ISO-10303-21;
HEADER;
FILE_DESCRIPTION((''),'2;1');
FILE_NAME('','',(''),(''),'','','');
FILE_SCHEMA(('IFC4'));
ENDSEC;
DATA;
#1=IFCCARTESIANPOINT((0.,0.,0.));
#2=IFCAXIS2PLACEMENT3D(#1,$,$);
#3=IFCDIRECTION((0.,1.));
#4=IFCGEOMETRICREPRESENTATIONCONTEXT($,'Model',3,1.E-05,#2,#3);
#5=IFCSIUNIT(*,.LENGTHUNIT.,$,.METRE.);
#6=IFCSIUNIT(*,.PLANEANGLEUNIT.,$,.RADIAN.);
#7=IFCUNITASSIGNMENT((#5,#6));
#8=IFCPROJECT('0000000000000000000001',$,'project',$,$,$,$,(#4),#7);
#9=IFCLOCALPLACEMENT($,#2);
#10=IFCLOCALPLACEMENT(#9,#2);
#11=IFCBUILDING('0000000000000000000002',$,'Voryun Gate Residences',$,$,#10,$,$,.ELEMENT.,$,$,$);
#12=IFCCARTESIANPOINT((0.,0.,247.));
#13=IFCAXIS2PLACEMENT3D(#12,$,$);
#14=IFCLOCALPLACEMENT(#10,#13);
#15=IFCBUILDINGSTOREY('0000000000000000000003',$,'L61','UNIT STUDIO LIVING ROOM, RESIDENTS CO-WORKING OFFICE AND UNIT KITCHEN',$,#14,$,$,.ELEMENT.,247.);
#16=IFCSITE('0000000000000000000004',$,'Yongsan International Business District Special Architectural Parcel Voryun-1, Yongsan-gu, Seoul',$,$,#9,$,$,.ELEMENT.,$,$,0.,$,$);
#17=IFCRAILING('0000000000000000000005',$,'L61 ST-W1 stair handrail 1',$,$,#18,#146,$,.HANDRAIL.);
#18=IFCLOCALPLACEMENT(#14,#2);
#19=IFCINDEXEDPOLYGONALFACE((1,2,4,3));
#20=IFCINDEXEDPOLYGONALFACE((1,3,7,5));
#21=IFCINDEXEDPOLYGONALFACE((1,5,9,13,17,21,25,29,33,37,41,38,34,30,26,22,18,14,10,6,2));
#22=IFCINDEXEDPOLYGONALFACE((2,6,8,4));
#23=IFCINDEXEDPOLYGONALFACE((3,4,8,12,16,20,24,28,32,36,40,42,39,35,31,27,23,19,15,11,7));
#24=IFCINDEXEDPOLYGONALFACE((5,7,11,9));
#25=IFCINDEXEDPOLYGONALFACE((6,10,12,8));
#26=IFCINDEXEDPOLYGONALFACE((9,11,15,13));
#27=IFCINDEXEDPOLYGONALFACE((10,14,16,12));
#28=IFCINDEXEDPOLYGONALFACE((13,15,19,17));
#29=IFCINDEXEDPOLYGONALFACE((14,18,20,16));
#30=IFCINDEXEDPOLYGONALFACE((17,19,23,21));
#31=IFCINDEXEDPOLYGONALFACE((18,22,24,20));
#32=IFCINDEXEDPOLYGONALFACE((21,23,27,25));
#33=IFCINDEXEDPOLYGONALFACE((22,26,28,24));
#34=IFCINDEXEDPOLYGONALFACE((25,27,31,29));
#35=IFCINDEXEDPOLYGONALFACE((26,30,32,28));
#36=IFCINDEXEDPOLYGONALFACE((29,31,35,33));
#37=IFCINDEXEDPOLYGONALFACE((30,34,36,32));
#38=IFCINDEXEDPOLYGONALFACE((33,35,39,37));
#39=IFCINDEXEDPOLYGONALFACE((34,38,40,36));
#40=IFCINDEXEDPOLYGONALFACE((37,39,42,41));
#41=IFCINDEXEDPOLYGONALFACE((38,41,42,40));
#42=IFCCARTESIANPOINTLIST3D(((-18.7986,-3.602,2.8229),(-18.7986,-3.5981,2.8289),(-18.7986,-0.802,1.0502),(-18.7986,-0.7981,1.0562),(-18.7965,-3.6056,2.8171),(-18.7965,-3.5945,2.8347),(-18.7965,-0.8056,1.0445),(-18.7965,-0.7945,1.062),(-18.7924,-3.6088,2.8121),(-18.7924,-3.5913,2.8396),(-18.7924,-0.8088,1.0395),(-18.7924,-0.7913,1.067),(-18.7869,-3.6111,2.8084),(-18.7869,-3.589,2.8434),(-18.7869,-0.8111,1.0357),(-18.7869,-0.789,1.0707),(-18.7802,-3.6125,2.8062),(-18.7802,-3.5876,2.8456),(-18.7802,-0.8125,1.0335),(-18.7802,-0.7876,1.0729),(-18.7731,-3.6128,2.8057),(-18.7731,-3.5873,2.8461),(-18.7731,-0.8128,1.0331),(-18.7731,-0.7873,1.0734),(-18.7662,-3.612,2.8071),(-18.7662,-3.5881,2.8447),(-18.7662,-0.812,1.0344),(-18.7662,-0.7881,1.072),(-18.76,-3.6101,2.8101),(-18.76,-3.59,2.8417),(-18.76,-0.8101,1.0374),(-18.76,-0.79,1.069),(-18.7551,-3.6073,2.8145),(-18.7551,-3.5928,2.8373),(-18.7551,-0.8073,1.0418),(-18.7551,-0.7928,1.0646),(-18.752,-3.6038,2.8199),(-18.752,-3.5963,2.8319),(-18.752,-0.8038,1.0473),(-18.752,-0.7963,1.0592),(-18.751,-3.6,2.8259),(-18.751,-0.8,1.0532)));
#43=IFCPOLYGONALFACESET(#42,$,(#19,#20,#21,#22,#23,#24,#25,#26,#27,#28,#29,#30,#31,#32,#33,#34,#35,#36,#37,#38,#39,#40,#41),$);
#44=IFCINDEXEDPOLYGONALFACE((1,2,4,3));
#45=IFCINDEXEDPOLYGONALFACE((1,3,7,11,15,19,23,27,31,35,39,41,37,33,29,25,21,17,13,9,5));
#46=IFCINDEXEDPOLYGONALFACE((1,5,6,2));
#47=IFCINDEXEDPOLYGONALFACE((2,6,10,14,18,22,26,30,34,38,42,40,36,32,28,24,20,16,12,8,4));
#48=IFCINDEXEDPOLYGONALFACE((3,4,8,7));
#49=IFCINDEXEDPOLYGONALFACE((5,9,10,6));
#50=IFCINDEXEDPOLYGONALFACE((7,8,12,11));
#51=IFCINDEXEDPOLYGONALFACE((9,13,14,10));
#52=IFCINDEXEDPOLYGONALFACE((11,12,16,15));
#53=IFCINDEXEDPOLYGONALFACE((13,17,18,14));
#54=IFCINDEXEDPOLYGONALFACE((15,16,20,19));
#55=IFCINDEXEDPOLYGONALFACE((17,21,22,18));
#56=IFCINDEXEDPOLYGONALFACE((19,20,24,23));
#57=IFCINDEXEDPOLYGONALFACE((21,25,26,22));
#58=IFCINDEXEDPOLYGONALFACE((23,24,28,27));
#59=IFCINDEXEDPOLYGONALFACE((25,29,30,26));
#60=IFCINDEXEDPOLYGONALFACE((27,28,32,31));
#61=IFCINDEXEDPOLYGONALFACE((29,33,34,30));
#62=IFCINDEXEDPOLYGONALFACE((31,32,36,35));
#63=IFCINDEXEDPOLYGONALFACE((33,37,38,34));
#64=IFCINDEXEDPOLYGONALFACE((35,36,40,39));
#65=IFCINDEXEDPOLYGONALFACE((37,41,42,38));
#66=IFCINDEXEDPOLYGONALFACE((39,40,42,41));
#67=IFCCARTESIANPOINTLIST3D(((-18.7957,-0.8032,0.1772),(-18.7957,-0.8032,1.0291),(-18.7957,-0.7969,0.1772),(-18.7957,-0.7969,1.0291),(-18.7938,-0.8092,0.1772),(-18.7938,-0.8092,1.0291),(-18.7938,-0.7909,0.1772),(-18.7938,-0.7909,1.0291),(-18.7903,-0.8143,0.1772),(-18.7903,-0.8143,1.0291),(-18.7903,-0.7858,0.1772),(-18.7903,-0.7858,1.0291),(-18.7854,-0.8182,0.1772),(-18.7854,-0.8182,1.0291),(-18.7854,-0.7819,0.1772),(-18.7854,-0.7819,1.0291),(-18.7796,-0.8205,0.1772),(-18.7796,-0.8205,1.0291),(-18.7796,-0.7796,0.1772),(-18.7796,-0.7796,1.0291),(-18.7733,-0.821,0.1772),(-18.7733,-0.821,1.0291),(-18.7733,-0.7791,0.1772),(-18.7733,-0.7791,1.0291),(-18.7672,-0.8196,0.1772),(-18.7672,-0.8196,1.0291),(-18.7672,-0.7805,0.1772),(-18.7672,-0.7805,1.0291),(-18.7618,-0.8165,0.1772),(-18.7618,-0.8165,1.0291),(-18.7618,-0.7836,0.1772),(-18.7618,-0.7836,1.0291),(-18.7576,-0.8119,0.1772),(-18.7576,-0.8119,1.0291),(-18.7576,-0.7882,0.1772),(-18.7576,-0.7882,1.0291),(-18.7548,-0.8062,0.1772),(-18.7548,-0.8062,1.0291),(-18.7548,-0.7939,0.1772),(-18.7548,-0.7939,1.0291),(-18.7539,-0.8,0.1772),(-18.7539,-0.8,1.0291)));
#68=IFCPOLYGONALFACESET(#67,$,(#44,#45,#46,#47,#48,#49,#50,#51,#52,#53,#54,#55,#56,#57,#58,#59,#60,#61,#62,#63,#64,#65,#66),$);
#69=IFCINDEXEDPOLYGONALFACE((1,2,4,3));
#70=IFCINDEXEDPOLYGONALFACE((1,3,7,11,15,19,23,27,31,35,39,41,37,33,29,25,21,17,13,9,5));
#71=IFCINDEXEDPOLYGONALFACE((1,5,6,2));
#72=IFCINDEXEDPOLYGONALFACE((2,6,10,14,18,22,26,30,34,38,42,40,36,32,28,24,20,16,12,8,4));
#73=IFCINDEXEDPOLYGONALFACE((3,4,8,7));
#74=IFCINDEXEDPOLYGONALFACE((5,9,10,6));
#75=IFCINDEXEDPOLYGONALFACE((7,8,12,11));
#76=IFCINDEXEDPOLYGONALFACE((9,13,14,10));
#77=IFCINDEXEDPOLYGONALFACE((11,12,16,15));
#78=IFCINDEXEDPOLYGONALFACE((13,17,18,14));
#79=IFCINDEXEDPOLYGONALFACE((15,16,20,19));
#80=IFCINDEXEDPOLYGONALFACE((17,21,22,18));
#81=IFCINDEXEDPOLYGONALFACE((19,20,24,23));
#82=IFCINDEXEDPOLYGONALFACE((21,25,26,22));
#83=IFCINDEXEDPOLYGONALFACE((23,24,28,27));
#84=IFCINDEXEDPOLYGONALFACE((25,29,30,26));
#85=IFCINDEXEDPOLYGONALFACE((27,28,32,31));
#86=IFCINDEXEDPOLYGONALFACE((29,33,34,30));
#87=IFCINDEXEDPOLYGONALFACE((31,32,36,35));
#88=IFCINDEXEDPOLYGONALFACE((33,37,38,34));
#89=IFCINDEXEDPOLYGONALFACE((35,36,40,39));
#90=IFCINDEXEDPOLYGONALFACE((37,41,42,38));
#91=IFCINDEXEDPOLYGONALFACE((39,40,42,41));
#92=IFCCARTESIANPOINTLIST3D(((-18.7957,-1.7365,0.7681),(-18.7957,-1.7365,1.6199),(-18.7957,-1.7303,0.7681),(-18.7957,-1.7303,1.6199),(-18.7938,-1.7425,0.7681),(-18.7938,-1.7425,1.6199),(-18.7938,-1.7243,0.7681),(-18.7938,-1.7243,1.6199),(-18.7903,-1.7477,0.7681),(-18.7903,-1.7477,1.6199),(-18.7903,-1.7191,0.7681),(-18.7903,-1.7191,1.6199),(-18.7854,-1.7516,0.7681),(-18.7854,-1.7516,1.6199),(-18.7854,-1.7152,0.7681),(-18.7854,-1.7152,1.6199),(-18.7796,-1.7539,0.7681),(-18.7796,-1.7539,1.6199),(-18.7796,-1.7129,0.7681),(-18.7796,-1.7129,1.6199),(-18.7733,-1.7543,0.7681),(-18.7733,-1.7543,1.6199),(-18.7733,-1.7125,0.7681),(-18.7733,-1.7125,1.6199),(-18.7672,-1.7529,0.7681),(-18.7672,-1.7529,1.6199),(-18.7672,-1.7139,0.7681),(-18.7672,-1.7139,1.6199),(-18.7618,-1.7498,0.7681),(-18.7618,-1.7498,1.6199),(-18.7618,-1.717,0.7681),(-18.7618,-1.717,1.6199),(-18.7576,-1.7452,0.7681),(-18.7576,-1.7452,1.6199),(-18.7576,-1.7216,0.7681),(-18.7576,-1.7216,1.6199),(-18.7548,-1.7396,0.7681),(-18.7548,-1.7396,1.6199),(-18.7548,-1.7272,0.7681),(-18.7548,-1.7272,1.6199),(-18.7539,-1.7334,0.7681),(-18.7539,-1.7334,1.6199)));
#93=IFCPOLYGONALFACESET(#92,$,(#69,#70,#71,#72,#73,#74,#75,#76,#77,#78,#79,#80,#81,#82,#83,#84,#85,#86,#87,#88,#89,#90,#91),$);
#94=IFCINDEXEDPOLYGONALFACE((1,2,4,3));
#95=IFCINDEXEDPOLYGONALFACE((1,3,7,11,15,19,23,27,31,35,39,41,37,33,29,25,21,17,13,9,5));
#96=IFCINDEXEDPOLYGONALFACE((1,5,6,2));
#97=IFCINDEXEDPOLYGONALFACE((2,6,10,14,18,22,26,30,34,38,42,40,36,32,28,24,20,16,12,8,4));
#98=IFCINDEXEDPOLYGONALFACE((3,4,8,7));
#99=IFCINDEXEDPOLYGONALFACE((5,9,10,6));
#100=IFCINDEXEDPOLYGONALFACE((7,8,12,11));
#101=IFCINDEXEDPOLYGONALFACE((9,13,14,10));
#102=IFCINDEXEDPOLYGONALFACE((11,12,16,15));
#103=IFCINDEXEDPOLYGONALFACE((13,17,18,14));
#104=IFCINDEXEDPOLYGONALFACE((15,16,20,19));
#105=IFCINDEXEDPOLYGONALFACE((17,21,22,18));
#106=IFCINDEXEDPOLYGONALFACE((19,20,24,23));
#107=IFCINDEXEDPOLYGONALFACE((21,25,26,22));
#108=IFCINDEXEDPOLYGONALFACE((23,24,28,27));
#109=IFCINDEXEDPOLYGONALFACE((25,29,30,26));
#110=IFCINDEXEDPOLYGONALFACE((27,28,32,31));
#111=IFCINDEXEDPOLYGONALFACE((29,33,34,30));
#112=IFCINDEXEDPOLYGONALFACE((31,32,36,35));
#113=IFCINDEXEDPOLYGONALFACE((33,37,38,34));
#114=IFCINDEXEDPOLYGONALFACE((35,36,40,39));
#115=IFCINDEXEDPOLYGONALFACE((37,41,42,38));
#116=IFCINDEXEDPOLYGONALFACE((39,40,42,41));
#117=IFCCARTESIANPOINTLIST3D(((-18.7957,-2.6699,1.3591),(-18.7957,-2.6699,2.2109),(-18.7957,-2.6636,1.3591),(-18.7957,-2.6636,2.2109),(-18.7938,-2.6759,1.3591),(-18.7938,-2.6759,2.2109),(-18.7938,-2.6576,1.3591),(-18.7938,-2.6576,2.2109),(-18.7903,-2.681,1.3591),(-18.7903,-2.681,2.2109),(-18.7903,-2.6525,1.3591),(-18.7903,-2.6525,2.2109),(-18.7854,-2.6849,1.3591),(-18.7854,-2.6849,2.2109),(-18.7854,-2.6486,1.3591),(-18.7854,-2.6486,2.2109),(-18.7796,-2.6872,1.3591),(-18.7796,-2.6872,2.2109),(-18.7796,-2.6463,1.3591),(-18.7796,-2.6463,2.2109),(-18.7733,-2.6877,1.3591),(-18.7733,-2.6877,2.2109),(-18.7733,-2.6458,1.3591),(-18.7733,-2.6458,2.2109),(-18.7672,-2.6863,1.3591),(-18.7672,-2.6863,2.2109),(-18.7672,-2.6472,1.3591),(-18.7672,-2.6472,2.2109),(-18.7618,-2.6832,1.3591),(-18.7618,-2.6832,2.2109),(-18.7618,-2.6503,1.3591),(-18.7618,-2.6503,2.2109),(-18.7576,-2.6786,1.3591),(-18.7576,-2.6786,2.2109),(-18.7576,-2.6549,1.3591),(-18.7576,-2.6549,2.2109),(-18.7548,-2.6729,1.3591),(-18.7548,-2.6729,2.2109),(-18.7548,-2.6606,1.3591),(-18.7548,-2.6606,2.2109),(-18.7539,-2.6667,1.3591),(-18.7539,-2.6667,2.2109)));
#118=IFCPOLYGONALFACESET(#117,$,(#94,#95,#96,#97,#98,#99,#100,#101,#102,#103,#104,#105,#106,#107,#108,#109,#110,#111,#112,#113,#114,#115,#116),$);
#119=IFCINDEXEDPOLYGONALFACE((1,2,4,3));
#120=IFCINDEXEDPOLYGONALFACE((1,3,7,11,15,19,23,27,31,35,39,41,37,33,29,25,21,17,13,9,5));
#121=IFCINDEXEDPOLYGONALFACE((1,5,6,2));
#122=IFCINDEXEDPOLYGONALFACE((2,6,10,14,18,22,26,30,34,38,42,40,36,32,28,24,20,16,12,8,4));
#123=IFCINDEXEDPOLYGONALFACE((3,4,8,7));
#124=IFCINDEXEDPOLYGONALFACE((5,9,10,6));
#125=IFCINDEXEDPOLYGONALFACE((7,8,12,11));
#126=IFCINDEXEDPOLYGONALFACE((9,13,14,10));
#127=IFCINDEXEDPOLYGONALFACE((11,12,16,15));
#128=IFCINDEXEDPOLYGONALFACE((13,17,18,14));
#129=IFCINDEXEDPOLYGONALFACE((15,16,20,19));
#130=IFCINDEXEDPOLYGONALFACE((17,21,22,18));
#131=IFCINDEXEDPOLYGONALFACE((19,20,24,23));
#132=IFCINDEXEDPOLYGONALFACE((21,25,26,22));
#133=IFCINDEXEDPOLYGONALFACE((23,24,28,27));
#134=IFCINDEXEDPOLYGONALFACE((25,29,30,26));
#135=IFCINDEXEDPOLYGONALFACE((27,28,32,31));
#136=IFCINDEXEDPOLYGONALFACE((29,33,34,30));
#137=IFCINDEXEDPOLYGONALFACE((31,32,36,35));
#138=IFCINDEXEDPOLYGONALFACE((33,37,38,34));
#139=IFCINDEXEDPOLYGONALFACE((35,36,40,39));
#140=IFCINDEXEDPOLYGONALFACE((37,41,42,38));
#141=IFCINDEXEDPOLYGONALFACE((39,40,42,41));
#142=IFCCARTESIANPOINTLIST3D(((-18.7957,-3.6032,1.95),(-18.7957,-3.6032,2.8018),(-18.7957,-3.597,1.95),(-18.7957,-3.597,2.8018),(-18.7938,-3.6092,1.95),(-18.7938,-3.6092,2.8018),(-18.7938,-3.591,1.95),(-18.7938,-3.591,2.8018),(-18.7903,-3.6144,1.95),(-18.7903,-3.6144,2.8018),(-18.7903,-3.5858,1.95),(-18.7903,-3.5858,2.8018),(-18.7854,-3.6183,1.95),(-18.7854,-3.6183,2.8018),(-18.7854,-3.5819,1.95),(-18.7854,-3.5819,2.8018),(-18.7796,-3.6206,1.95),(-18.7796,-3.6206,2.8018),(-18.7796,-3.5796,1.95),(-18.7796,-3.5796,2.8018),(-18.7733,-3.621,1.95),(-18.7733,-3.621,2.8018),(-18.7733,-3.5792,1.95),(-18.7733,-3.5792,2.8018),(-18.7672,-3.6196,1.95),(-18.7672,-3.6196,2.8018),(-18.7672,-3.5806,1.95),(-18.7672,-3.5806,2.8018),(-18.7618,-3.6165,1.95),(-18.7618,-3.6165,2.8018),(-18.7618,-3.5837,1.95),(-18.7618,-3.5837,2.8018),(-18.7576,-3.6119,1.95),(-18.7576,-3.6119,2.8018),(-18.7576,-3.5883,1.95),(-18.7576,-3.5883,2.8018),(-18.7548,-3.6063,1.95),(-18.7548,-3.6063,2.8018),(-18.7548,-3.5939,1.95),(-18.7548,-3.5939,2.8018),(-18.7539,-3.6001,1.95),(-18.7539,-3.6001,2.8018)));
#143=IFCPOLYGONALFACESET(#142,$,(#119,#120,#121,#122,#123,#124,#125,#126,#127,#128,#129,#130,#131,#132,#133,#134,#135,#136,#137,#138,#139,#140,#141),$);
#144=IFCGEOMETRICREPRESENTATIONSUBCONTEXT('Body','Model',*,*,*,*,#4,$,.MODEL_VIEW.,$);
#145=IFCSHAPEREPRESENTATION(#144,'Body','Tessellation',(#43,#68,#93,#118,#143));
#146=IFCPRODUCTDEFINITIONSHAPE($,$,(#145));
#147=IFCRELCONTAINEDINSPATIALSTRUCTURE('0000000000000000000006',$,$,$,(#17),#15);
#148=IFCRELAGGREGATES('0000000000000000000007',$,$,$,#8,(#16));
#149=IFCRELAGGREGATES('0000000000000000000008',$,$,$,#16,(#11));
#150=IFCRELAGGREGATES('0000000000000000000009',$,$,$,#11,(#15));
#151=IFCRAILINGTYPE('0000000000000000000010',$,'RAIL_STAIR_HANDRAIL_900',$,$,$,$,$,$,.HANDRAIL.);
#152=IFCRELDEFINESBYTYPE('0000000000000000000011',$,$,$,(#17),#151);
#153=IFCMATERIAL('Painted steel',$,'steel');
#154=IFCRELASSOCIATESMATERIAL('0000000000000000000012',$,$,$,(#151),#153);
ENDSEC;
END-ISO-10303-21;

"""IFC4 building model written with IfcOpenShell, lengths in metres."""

from ifc_helpers import new_model, si_unit, direction, frame, origin, origin_2d, place, context, subcontext, project, spatial, circle, extrude, material, type_object, element, save


model = new_model("IFC4")

# Units and contexts
model_context = context("Model", 3, precision=1e-05, world=origin(), true_north=direction((0.0, 1.0)))
body_context = subcontext(model_context, "Body", "Model", "MODEL_VIEW")
ifc_project = project(units=[si_unit("LENGTHUNIT", "METRE"), si_unit("PLANEANGLEUNIT", "RADIAN")], contexts=[model_context])

# Site, building, storey
site_placement = place(None, origin())
site = spatial("IfcSite", under=ifc_project, at=site_placement, Name="Yongsan International Business District Special Architectural Parcel Voryun-1, Yongsan-gu, Seoul", CompositionType="ELEMENT", RefElevation=0.0)
building_placement = place(site_placement, origin())
building = spatial("IfcBuilding", under=site, at=building_placement, Name="Voryun Gate Residences", CompositionType="ELEMENT")
storey_placement = place(building_placement, frame((0.0, 0.0, 247.0)))
storey = spatial("IfcBuildingStorey", under=building, at=storey_placement, Name="L61", Description="UNIT STUDIO LIVING ROOM, RESIDENTS CO-WORKING OFFICE AND UNIT KITCHEN", CompositionType="ELEMENT", Elevation=247.0)

# Railing
ifc_material_1 = material(Name="Painted steel", Category="steel")
railing_type_1 = type_object("IfcRailingType", Name="RAIL_STAIR_HANDRAIL_900", PredefinedType="HANDRAIL", material=ifc_material_1)
railing_1_placement = place(storey_placement, frame((-18.7749, -0.8, 0.1772)))
element("IfcRailing", 1, at=railing_1_placement, inside=storey, type_object=railing_type_1, Name="L61 ST-W1 stair handrail 1", PredefinedType="HANDRAIL", context=body_context, shape_type="SweptSolid", body=[
    extrude(circle(Radius=0.0239, at=origin_2d()), frame((0.0, 0.0, 0.876), z_axis=(0.0, -0.844909, 0.53491), x_axis=(1.0, 0.0, 0.0)), (0.0, 0.0, 1.0), 3.314),
    extrude(circle(Radius=0.021, at=origin_2d()), origin(), (0.0, 0.0, 1.0), 0.8518),
    extrude(circle(Radius=0.021, at=origin_2d()), frame((0.0, -0.9333, 0.5908)), (0.0, 0.0, 1.0), 0.8518),
    extrude(circle(Radius=0.021, at=origin_2d()), frame((0.0, -1.8667, 1.1819)), (0.0, 0.0, 1.0), 0.8518),
    extrude(circle(Radius=0.021, at=origin_2d()), frame((0.0, -2.8, 1.7727)), (0.0, 0.0, 1.0), 0.8518),
])

save(model, "model.ifc")
